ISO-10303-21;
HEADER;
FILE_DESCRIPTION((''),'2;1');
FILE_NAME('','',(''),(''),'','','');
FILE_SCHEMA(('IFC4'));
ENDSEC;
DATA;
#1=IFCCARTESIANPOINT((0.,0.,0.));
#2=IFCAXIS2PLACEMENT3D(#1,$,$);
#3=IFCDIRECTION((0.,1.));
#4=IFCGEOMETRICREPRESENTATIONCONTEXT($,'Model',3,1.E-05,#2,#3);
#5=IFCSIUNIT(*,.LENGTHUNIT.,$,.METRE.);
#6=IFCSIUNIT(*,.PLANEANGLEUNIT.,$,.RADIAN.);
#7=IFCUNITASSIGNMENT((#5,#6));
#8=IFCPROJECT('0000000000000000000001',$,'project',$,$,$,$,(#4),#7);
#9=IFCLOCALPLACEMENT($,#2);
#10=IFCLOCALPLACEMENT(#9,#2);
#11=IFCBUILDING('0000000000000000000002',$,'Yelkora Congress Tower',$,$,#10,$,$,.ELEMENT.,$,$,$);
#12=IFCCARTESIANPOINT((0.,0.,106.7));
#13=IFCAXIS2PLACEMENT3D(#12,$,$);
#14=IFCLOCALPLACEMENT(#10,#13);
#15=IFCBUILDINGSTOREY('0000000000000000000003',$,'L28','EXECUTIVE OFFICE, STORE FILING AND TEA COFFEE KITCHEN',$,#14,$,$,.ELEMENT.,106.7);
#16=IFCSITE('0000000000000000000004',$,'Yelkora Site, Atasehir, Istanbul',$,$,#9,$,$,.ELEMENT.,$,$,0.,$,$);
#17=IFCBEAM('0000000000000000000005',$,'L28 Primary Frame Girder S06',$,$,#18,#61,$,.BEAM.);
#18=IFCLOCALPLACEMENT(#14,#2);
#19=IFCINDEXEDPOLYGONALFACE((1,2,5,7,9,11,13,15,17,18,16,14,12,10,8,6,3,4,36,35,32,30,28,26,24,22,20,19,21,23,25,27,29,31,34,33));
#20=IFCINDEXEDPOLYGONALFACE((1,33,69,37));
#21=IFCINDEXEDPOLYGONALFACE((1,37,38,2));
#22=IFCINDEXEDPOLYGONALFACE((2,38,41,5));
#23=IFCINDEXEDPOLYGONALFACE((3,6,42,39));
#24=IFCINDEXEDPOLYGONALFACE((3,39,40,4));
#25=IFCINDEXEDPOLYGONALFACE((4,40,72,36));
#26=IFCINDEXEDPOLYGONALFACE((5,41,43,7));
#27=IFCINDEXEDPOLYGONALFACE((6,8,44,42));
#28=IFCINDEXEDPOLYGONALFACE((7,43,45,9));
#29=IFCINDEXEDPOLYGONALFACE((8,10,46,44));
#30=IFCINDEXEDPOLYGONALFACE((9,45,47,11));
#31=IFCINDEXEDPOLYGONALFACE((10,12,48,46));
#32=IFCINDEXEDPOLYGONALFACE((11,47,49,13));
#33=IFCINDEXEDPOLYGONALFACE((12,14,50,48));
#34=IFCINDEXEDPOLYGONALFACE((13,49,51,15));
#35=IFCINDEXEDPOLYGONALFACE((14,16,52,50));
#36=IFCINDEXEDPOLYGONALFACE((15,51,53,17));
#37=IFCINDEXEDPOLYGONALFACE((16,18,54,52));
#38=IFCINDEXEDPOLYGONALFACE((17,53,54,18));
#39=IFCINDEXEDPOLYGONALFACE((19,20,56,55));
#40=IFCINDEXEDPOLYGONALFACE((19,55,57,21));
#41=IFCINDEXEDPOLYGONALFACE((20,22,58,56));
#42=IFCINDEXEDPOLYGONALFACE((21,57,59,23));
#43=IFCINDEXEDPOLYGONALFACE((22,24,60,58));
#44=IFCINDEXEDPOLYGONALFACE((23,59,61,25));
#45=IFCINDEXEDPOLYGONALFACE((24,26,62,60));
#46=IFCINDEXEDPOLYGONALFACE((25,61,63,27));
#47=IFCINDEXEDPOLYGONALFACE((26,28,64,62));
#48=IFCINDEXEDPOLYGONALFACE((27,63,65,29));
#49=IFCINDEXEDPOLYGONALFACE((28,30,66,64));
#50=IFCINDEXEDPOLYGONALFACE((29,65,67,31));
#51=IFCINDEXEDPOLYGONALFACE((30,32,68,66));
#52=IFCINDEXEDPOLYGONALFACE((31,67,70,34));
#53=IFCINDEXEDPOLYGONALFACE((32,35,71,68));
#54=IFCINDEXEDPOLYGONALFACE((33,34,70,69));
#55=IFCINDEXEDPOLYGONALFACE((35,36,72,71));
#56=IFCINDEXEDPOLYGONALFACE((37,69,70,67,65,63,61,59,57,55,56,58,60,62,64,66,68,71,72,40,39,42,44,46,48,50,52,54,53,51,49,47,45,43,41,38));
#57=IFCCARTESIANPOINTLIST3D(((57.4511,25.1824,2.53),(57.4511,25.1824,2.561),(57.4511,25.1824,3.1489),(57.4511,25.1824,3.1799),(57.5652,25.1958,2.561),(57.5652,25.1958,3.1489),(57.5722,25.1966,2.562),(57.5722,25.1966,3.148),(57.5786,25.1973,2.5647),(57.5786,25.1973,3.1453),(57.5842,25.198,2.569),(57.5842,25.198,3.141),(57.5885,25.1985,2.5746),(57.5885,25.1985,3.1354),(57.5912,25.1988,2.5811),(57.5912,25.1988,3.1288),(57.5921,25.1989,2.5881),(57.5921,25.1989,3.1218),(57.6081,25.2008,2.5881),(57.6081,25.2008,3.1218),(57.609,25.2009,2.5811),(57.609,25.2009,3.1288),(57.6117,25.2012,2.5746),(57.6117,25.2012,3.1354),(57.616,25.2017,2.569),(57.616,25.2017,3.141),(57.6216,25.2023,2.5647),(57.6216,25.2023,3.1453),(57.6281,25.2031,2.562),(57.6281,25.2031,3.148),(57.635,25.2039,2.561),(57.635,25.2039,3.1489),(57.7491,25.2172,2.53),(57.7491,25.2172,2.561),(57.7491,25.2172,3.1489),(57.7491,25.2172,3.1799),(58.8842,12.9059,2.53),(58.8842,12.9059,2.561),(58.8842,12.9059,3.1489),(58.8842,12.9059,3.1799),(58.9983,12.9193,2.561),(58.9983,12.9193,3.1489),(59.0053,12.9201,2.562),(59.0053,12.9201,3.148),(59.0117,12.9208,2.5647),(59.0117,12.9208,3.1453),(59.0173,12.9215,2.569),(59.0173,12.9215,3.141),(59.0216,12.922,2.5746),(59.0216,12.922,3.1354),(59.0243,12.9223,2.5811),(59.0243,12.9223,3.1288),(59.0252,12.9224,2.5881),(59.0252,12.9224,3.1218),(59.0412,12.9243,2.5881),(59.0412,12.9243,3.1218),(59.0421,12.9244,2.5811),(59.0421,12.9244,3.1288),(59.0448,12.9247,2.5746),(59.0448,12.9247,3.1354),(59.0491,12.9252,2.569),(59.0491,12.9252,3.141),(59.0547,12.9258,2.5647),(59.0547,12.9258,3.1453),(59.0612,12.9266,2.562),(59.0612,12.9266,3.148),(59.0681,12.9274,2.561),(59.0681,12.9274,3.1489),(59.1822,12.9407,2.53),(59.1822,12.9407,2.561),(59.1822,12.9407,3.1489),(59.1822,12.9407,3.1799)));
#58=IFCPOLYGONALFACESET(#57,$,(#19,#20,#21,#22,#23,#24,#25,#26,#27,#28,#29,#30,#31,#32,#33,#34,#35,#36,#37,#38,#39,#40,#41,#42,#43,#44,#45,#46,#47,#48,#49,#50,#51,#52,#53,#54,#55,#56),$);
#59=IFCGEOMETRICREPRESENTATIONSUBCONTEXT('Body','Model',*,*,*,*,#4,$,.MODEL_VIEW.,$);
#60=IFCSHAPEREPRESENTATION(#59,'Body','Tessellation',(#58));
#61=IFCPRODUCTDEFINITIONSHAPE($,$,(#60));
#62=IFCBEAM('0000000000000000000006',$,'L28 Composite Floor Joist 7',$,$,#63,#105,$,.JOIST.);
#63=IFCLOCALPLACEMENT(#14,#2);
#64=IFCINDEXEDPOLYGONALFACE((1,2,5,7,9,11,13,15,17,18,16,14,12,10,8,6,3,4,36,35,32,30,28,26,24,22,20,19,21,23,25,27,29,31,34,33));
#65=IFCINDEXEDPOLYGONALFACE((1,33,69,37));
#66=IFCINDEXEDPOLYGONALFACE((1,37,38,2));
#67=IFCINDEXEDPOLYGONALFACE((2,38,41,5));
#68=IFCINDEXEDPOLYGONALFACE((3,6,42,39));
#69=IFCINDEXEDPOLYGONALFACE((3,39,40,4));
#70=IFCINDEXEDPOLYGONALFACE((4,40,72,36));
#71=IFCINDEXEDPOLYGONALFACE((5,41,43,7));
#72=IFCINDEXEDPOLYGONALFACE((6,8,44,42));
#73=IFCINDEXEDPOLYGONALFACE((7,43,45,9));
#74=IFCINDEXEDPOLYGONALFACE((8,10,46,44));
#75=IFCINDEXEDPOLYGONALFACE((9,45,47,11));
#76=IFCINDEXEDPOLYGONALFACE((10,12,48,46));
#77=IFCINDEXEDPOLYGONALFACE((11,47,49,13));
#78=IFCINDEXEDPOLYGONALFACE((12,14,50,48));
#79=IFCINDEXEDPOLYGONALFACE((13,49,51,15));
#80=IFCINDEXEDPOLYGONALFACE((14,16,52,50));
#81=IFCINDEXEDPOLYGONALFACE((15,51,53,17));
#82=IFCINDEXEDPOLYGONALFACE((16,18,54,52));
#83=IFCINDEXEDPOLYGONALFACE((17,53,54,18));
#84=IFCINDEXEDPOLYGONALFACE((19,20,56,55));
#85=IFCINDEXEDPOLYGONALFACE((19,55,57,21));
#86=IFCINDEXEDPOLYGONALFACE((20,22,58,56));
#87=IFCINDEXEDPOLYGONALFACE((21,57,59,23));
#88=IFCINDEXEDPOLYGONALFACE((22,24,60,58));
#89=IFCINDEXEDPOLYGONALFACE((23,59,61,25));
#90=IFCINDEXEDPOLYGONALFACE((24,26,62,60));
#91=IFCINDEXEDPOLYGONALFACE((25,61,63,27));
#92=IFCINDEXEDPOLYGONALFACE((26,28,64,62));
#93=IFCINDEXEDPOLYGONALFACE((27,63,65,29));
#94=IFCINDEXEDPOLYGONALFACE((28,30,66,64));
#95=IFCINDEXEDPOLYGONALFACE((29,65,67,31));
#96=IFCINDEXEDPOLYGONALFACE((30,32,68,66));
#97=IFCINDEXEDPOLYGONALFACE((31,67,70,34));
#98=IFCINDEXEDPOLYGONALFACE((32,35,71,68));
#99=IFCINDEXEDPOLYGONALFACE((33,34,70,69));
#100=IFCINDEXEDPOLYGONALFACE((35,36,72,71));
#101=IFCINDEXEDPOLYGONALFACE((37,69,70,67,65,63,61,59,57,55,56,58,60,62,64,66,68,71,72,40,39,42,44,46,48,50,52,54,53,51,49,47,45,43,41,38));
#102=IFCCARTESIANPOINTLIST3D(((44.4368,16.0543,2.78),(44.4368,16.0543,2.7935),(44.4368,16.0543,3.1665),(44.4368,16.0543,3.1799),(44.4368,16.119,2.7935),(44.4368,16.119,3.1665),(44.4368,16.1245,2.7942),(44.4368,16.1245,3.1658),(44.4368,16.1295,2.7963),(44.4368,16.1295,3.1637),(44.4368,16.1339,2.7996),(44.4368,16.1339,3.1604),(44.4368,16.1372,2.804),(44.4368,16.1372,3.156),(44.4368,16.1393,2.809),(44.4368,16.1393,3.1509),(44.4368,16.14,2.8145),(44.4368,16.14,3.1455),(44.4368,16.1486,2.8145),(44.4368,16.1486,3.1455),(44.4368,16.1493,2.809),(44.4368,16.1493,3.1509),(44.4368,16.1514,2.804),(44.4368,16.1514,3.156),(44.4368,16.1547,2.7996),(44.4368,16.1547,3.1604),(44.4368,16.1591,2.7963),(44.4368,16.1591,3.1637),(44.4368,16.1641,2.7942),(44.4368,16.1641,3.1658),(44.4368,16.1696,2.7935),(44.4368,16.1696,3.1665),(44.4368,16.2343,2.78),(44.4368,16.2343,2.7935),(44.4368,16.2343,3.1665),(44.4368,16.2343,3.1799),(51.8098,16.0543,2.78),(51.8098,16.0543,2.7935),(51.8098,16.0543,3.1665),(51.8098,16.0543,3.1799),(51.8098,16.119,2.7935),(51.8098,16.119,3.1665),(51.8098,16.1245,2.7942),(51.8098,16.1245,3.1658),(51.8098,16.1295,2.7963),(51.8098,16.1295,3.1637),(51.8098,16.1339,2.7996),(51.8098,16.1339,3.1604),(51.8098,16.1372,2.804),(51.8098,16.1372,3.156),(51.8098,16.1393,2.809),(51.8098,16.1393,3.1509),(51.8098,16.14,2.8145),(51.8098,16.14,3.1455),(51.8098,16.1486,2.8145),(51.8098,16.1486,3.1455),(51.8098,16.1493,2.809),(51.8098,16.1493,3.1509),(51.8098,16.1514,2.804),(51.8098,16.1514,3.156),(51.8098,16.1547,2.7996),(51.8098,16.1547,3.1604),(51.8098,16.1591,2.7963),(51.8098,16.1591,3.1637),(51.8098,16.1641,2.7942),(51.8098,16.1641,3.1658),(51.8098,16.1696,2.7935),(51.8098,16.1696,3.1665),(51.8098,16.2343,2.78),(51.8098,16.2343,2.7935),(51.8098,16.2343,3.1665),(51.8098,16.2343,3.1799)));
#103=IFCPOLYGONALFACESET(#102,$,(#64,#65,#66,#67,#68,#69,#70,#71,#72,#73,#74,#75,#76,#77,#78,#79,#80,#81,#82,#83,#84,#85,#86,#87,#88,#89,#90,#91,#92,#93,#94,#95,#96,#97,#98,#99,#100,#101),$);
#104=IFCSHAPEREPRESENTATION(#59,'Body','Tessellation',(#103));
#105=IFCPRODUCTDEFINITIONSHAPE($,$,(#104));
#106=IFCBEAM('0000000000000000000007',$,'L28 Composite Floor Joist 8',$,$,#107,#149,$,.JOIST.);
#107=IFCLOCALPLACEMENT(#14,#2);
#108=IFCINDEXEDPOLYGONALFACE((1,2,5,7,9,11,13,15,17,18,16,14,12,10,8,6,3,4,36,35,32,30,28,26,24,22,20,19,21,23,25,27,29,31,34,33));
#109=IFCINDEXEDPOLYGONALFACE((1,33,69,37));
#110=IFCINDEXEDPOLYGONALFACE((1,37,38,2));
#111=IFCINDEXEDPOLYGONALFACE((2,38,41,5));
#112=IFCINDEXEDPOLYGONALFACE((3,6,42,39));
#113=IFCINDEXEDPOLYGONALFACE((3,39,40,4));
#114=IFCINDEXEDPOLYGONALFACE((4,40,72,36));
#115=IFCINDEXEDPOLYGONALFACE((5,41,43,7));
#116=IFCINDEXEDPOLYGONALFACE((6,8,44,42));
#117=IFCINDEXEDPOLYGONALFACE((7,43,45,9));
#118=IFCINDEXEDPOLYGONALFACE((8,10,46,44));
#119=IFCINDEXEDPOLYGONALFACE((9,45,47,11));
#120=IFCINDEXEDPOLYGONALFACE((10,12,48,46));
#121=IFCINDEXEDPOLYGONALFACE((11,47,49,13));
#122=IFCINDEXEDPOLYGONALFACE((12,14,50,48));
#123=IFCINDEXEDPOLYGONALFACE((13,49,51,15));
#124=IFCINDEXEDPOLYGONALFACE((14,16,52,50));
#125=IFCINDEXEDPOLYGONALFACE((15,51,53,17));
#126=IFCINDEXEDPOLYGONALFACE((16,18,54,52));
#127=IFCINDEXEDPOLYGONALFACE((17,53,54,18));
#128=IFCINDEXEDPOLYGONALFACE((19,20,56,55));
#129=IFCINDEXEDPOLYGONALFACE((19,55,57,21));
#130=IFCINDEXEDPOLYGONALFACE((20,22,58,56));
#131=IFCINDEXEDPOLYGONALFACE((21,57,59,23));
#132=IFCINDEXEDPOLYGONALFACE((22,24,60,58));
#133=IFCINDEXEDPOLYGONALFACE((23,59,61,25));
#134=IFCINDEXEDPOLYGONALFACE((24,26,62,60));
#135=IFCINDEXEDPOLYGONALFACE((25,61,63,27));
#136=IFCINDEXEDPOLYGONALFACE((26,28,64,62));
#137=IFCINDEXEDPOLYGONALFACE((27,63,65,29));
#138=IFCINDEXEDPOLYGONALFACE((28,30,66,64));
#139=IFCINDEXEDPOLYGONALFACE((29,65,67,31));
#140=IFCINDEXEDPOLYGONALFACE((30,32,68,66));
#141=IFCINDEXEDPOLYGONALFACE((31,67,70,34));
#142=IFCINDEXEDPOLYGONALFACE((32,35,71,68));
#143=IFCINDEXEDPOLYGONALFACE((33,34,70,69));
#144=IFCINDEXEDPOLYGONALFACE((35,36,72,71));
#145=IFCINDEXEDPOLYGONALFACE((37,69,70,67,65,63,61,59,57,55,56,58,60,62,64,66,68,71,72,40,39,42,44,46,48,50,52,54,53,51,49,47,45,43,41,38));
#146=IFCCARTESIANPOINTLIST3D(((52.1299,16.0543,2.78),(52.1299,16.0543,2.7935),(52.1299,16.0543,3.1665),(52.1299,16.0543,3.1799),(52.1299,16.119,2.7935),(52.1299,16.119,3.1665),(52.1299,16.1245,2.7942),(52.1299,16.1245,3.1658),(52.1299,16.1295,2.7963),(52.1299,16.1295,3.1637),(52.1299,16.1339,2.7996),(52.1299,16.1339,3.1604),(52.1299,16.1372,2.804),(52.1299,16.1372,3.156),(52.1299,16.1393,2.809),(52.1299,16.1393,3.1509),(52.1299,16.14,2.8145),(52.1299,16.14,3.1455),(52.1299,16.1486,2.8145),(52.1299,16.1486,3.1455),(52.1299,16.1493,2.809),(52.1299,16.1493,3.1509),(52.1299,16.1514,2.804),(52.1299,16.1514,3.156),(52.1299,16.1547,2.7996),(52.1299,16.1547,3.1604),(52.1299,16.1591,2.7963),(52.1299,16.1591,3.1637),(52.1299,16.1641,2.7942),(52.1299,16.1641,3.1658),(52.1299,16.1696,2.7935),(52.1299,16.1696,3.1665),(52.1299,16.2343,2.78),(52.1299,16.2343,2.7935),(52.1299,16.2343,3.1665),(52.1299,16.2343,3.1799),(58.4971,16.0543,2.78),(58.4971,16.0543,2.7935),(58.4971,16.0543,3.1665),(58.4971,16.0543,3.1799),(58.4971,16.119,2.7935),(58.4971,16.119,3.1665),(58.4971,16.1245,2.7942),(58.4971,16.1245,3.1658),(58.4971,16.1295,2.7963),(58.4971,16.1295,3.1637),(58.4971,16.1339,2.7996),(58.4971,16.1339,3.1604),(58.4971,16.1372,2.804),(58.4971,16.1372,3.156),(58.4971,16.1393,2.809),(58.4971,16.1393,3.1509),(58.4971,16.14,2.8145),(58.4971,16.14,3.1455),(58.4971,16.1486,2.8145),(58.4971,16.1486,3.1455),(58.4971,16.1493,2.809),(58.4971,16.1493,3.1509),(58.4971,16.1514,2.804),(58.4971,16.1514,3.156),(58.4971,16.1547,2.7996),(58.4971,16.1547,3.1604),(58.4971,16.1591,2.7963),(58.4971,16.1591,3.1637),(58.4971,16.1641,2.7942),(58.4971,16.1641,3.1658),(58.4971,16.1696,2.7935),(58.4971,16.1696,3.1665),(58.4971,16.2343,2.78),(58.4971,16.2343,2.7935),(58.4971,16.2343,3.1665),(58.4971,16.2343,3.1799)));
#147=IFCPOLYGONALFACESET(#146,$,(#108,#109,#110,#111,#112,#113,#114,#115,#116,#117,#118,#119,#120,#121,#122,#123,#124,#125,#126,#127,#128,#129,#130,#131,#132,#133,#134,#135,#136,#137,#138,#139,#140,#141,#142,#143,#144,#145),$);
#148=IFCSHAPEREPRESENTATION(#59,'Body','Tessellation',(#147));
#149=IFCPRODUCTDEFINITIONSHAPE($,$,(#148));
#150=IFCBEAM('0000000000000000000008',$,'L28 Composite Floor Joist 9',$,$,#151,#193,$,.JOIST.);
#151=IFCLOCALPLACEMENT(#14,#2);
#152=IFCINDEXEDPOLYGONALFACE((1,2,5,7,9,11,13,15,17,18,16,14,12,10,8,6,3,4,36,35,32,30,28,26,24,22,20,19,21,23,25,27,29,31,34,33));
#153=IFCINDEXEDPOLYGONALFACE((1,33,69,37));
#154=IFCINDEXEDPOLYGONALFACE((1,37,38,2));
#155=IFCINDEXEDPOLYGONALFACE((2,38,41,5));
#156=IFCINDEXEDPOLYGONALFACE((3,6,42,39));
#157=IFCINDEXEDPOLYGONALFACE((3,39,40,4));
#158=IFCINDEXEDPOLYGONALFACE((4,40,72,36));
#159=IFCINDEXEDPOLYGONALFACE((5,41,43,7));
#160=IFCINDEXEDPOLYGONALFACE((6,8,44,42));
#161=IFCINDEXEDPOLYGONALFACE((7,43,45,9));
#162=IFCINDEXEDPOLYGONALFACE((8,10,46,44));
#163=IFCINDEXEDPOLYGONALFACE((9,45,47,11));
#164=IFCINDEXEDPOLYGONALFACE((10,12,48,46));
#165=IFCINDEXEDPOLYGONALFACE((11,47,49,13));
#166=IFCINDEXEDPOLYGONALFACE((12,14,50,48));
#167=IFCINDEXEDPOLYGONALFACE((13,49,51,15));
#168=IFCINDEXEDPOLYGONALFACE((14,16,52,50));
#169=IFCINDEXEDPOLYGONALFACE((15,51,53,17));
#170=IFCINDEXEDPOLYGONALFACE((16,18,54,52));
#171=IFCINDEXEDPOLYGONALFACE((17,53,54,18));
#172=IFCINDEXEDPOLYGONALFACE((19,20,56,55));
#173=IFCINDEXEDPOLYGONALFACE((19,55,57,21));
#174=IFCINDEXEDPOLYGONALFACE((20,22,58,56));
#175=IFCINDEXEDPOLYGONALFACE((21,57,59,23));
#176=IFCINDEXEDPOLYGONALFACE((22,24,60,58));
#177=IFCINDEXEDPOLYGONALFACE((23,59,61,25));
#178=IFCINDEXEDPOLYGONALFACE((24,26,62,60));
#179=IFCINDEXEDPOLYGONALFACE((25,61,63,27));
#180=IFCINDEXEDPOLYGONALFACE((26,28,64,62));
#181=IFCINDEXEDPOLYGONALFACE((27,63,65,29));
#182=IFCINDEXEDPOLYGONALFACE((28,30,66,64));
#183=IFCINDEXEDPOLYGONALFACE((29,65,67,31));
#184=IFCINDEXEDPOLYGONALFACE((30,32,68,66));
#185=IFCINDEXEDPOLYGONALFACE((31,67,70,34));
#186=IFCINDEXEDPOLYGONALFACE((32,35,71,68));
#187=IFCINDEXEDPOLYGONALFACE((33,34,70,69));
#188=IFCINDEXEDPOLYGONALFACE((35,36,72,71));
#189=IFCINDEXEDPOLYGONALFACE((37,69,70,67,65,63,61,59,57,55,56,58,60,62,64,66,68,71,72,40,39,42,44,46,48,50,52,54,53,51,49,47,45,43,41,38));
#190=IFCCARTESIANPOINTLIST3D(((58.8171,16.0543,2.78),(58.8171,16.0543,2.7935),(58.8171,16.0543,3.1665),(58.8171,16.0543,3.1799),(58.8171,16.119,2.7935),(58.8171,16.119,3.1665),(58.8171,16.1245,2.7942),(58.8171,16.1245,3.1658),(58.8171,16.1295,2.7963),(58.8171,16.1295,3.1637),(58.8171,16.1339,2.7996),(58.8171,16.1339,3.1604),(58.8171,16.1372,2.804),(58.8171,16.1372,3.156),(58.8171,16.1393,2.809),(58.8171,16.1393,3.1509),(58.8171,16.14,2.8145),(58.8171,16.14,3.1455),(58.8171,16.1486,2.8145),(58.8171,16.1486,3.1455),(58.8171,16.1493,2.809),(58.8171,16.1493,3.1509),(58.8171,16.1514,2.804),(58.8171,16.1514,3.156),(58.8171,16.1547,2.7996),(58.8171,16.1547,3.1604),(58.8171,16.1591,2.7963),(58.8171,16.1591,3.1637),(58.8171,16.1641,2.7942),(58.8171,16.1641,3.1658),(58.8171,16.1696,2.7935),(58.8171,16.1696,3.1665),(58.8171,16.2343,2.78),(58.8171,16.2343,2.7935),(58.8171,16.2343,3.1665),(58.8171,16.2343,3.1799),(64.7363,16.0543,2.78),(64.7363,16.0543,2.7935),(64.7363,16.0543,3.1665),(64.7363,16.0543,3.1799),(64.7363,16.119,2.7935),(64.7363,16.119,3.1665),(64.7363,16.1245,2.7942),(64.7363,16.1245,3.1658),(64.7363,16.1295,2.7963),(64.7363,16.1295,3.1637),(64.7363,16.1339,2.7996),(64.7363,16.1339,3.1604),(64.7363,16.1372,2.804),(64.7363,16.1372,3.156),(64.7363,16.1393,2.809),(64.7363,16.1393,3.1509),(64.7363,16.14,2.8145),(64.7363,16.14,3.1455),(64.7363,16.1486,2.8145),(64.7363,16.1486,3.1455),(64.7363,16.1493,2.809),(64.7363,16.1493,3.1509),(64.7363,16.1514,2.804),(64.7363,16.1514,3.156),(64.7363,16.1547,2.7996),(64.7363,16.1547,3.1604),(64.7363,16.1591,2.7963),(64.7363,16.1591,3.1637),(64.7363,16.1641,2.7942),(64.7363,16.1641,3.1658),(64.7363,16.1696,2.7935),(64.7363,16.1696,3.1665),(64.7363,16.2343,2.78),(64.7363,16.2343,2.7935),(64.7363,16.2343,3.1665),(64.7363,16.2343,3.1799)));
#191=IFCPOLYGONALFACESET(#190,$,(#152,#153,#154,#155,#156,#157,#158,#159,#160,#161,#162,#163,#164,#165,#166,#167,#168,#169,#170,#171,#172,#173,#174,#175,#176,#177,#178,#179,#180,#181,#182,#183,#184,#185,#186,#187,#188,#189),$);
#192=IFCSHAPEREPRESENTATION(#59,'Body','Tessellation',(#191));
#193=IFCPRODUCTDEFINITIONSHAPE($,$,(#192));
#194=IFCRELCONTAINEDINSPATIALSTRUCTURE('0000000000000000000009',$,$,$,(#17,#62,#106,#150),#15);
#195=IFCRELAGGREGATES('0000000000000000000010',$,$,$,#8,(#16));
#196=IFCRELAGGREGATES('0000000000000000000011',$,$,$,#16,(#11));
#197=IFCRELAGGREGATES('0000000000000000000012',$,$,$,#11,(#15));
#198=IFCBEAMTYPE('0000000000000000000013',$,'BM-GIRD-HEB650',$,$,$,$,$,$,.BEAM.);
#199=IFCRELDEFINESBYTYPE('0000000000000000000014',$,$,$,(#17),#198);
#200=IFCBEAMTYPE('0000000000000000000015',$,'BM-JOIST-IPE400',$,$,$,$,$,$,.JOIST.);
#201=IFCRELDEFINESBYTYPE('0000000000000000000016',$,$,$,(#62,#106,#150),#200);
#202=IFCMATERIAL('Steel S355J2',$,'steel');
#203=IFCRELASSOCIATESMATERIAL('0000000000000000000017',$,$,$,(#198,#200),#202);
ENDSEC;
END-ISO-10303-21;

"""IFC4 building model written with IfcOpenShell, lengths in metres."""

from ifc_helpers import new_model, si_unit, direction, frame, origin, origin_2d, place, context, subcontext, project, spatial, i_section, extrude, material, material_profile, profile_set, type_object, element, save


model = new_model("IFC4")

# Units and contexts
model_context = context("Model", 3, precision=1e-05, world=origin(), true_north=direction((0.0, 1.0)))
body_context = subcontext(model_context, "Body", "Model", "MODEL_VIEW")
ifc_project = project(units=[si_unit("LENGTHUNIT", "METRE"), si_unit("PLANEANGLEUNIT", "RADIAN")], contexts=[model_context])

# Site, building, storey
site_placement = place(None, origin())
site = spatial("IfcSite", under=ifc_project, at=site_placement, Name="Yelkora Site, Atasehir, Istanbul", CompositionType="ELEMENT", RefElevation=0.0)
building_placement = place(site_placement, origin())
building = spatial("IfcBuilding", under=site, at=building_placement, Name="Yelkora Congress Tower", CompositionType="ELEMENT")
storey_placement = place(building_placement, frame((0.0, 0.0, 106.7)))
storey = spatial("IfcBuildingStorey", under=building, at=storey_placement, Name="L28", Description="EXECUTIVE OFFICE, STORE FILING AND TEA COFFEE KITCHEN", CompositionType="ELEMENT", Elevation=106.7)

# Beams
ifc_material_1 = material(Name="Steel S355J2", Category="steel")
ifc_material_profile_1 = material_profile(ifc_material_1, i_section(OverallWidth=0.3, OverallDepth=0.6499, WebThickness=0.0161, FlangeThickness=0.031, FilletRadius=0.0271, at=origin_2d()), Name="HEB 650")
ifc_profile_set_1 = profile_set([ifc_material_profile_1], Name="Steel S355J2")
beam_type_1 = type_object("IfcBeamType", Name="BM-GIRD-HEB650", PredefinedType="BEAM", material=ifc_profile_set_1)
beam_1_placement = place(storey_placement, frame((59.0332, 12.9233, 2.855), z_axis=(-0.115947, 0.993255, 0.0), x_axis=(-0.993255, -0.115947, 0.0)))
element("IfcBeam", 1, at=beam_1_placement, inside=storey, type_object=beam_type_1, Name="L28 Primary Frame Girder S06", PredefinedType="BEAM", context=body_context, shape_type="SweptSolid", body=[
    extrude(i_section(OverallWidth=0.3, OverallDepth=0.6499, WebThickness=0.0161, FlangeThickness=0.031, FilletRadius=0.0271, at=origin_2d()), origin(), (0.0, 0.0, 1.0), 12.3599),
])
ifc_material_profile_2 = material_profile(ifc_material_1, i_section(OverallWidth=0.1799, OverallDepth=0.3999, WebThickness=0.0085, FlangeThickness=0.0134, FilletRadius=0.021, at=origin_2d()), Name="IPE 400")
ifc_profile_set_2 = profile_set([ifc_material_profile_2], Name="Steel S355J2")
beam_type_2 = type_object("IfcBeamType", Name="BM-JOIST-IPE400", PredefinedType="JOIST", material=ifc_profile_set_2)
beam_2_placement = place(storey_placement, frame((44.4368, 16.1443, 2.98), z_axis=(1.0, 0.0, 0.0), x_axis=(0.0, 1.0, 0.0)))
element("IfcBeam", 2, at=beam_2_placement, inside=storey, type_object=beam_type_2, Name="L28 Composite Floor Joist 7", PredefinedType="JOIST", context=body_context, shape_type="SweptSolid", body=[
    extrude(i_section(OverallWidth=0.1799, OverallDepth=0.3999, WebThickness=0.0085, FlangeThickness=0.0134, FilletRadius=0.021, at=origin_2d()), origin(), (0.0, 0.0, 1.0), 7.373),
])
beam_3_placement = place(storey_placement, frame((52.1299, 16.1443, 2.98), z_axis=(1.0, 0.0, 0.0), x_axis=(0.0, 1.0, 0.0)))
element("IfcBeam", 3, at=beam_3_placement, inside=storey, type_object=beam_type_2, Name="L28 Composite Floor Joist 8", PredefinedType="JOIST", context=body_context, shape_type="SweptSolid", body=[
    extrude(i_section(OverallWidth=0.1799, OverallDepth=0.3999, WebThickness=0.0085, FlangeThickness=0.0134, FilletRadius=0.021, at=origin_2d()), origin(), (0.0, 0.0, 1.0), 6.3672),
])
beam_4_placement = place(storey_placement, frame((58.8171, 16.1443, 2.98), z_axis=(1.0, 0.0, 0.0), x_axis=(0.0, 1.0, 0.0)))
element("IfcBeam", 4, at=beam_4_placement, inside=storey, type_object=beam_type_2, Name="L28 Composite Floor Joist 9", PredefinedType="JOIST", context=body_context, shape_type="SweptSolid", body=[
    extrude(i_section(OverallWidth=0.1799, OverallDepth=0.3999, WebThickness=0.0085, FlangeThickness=0.0134, FilletRadius=0.021, at=origin_2d()), origin(), (0.0, 0.0, 1.0), 5.9192),
])

save(model, "model.ifc")
